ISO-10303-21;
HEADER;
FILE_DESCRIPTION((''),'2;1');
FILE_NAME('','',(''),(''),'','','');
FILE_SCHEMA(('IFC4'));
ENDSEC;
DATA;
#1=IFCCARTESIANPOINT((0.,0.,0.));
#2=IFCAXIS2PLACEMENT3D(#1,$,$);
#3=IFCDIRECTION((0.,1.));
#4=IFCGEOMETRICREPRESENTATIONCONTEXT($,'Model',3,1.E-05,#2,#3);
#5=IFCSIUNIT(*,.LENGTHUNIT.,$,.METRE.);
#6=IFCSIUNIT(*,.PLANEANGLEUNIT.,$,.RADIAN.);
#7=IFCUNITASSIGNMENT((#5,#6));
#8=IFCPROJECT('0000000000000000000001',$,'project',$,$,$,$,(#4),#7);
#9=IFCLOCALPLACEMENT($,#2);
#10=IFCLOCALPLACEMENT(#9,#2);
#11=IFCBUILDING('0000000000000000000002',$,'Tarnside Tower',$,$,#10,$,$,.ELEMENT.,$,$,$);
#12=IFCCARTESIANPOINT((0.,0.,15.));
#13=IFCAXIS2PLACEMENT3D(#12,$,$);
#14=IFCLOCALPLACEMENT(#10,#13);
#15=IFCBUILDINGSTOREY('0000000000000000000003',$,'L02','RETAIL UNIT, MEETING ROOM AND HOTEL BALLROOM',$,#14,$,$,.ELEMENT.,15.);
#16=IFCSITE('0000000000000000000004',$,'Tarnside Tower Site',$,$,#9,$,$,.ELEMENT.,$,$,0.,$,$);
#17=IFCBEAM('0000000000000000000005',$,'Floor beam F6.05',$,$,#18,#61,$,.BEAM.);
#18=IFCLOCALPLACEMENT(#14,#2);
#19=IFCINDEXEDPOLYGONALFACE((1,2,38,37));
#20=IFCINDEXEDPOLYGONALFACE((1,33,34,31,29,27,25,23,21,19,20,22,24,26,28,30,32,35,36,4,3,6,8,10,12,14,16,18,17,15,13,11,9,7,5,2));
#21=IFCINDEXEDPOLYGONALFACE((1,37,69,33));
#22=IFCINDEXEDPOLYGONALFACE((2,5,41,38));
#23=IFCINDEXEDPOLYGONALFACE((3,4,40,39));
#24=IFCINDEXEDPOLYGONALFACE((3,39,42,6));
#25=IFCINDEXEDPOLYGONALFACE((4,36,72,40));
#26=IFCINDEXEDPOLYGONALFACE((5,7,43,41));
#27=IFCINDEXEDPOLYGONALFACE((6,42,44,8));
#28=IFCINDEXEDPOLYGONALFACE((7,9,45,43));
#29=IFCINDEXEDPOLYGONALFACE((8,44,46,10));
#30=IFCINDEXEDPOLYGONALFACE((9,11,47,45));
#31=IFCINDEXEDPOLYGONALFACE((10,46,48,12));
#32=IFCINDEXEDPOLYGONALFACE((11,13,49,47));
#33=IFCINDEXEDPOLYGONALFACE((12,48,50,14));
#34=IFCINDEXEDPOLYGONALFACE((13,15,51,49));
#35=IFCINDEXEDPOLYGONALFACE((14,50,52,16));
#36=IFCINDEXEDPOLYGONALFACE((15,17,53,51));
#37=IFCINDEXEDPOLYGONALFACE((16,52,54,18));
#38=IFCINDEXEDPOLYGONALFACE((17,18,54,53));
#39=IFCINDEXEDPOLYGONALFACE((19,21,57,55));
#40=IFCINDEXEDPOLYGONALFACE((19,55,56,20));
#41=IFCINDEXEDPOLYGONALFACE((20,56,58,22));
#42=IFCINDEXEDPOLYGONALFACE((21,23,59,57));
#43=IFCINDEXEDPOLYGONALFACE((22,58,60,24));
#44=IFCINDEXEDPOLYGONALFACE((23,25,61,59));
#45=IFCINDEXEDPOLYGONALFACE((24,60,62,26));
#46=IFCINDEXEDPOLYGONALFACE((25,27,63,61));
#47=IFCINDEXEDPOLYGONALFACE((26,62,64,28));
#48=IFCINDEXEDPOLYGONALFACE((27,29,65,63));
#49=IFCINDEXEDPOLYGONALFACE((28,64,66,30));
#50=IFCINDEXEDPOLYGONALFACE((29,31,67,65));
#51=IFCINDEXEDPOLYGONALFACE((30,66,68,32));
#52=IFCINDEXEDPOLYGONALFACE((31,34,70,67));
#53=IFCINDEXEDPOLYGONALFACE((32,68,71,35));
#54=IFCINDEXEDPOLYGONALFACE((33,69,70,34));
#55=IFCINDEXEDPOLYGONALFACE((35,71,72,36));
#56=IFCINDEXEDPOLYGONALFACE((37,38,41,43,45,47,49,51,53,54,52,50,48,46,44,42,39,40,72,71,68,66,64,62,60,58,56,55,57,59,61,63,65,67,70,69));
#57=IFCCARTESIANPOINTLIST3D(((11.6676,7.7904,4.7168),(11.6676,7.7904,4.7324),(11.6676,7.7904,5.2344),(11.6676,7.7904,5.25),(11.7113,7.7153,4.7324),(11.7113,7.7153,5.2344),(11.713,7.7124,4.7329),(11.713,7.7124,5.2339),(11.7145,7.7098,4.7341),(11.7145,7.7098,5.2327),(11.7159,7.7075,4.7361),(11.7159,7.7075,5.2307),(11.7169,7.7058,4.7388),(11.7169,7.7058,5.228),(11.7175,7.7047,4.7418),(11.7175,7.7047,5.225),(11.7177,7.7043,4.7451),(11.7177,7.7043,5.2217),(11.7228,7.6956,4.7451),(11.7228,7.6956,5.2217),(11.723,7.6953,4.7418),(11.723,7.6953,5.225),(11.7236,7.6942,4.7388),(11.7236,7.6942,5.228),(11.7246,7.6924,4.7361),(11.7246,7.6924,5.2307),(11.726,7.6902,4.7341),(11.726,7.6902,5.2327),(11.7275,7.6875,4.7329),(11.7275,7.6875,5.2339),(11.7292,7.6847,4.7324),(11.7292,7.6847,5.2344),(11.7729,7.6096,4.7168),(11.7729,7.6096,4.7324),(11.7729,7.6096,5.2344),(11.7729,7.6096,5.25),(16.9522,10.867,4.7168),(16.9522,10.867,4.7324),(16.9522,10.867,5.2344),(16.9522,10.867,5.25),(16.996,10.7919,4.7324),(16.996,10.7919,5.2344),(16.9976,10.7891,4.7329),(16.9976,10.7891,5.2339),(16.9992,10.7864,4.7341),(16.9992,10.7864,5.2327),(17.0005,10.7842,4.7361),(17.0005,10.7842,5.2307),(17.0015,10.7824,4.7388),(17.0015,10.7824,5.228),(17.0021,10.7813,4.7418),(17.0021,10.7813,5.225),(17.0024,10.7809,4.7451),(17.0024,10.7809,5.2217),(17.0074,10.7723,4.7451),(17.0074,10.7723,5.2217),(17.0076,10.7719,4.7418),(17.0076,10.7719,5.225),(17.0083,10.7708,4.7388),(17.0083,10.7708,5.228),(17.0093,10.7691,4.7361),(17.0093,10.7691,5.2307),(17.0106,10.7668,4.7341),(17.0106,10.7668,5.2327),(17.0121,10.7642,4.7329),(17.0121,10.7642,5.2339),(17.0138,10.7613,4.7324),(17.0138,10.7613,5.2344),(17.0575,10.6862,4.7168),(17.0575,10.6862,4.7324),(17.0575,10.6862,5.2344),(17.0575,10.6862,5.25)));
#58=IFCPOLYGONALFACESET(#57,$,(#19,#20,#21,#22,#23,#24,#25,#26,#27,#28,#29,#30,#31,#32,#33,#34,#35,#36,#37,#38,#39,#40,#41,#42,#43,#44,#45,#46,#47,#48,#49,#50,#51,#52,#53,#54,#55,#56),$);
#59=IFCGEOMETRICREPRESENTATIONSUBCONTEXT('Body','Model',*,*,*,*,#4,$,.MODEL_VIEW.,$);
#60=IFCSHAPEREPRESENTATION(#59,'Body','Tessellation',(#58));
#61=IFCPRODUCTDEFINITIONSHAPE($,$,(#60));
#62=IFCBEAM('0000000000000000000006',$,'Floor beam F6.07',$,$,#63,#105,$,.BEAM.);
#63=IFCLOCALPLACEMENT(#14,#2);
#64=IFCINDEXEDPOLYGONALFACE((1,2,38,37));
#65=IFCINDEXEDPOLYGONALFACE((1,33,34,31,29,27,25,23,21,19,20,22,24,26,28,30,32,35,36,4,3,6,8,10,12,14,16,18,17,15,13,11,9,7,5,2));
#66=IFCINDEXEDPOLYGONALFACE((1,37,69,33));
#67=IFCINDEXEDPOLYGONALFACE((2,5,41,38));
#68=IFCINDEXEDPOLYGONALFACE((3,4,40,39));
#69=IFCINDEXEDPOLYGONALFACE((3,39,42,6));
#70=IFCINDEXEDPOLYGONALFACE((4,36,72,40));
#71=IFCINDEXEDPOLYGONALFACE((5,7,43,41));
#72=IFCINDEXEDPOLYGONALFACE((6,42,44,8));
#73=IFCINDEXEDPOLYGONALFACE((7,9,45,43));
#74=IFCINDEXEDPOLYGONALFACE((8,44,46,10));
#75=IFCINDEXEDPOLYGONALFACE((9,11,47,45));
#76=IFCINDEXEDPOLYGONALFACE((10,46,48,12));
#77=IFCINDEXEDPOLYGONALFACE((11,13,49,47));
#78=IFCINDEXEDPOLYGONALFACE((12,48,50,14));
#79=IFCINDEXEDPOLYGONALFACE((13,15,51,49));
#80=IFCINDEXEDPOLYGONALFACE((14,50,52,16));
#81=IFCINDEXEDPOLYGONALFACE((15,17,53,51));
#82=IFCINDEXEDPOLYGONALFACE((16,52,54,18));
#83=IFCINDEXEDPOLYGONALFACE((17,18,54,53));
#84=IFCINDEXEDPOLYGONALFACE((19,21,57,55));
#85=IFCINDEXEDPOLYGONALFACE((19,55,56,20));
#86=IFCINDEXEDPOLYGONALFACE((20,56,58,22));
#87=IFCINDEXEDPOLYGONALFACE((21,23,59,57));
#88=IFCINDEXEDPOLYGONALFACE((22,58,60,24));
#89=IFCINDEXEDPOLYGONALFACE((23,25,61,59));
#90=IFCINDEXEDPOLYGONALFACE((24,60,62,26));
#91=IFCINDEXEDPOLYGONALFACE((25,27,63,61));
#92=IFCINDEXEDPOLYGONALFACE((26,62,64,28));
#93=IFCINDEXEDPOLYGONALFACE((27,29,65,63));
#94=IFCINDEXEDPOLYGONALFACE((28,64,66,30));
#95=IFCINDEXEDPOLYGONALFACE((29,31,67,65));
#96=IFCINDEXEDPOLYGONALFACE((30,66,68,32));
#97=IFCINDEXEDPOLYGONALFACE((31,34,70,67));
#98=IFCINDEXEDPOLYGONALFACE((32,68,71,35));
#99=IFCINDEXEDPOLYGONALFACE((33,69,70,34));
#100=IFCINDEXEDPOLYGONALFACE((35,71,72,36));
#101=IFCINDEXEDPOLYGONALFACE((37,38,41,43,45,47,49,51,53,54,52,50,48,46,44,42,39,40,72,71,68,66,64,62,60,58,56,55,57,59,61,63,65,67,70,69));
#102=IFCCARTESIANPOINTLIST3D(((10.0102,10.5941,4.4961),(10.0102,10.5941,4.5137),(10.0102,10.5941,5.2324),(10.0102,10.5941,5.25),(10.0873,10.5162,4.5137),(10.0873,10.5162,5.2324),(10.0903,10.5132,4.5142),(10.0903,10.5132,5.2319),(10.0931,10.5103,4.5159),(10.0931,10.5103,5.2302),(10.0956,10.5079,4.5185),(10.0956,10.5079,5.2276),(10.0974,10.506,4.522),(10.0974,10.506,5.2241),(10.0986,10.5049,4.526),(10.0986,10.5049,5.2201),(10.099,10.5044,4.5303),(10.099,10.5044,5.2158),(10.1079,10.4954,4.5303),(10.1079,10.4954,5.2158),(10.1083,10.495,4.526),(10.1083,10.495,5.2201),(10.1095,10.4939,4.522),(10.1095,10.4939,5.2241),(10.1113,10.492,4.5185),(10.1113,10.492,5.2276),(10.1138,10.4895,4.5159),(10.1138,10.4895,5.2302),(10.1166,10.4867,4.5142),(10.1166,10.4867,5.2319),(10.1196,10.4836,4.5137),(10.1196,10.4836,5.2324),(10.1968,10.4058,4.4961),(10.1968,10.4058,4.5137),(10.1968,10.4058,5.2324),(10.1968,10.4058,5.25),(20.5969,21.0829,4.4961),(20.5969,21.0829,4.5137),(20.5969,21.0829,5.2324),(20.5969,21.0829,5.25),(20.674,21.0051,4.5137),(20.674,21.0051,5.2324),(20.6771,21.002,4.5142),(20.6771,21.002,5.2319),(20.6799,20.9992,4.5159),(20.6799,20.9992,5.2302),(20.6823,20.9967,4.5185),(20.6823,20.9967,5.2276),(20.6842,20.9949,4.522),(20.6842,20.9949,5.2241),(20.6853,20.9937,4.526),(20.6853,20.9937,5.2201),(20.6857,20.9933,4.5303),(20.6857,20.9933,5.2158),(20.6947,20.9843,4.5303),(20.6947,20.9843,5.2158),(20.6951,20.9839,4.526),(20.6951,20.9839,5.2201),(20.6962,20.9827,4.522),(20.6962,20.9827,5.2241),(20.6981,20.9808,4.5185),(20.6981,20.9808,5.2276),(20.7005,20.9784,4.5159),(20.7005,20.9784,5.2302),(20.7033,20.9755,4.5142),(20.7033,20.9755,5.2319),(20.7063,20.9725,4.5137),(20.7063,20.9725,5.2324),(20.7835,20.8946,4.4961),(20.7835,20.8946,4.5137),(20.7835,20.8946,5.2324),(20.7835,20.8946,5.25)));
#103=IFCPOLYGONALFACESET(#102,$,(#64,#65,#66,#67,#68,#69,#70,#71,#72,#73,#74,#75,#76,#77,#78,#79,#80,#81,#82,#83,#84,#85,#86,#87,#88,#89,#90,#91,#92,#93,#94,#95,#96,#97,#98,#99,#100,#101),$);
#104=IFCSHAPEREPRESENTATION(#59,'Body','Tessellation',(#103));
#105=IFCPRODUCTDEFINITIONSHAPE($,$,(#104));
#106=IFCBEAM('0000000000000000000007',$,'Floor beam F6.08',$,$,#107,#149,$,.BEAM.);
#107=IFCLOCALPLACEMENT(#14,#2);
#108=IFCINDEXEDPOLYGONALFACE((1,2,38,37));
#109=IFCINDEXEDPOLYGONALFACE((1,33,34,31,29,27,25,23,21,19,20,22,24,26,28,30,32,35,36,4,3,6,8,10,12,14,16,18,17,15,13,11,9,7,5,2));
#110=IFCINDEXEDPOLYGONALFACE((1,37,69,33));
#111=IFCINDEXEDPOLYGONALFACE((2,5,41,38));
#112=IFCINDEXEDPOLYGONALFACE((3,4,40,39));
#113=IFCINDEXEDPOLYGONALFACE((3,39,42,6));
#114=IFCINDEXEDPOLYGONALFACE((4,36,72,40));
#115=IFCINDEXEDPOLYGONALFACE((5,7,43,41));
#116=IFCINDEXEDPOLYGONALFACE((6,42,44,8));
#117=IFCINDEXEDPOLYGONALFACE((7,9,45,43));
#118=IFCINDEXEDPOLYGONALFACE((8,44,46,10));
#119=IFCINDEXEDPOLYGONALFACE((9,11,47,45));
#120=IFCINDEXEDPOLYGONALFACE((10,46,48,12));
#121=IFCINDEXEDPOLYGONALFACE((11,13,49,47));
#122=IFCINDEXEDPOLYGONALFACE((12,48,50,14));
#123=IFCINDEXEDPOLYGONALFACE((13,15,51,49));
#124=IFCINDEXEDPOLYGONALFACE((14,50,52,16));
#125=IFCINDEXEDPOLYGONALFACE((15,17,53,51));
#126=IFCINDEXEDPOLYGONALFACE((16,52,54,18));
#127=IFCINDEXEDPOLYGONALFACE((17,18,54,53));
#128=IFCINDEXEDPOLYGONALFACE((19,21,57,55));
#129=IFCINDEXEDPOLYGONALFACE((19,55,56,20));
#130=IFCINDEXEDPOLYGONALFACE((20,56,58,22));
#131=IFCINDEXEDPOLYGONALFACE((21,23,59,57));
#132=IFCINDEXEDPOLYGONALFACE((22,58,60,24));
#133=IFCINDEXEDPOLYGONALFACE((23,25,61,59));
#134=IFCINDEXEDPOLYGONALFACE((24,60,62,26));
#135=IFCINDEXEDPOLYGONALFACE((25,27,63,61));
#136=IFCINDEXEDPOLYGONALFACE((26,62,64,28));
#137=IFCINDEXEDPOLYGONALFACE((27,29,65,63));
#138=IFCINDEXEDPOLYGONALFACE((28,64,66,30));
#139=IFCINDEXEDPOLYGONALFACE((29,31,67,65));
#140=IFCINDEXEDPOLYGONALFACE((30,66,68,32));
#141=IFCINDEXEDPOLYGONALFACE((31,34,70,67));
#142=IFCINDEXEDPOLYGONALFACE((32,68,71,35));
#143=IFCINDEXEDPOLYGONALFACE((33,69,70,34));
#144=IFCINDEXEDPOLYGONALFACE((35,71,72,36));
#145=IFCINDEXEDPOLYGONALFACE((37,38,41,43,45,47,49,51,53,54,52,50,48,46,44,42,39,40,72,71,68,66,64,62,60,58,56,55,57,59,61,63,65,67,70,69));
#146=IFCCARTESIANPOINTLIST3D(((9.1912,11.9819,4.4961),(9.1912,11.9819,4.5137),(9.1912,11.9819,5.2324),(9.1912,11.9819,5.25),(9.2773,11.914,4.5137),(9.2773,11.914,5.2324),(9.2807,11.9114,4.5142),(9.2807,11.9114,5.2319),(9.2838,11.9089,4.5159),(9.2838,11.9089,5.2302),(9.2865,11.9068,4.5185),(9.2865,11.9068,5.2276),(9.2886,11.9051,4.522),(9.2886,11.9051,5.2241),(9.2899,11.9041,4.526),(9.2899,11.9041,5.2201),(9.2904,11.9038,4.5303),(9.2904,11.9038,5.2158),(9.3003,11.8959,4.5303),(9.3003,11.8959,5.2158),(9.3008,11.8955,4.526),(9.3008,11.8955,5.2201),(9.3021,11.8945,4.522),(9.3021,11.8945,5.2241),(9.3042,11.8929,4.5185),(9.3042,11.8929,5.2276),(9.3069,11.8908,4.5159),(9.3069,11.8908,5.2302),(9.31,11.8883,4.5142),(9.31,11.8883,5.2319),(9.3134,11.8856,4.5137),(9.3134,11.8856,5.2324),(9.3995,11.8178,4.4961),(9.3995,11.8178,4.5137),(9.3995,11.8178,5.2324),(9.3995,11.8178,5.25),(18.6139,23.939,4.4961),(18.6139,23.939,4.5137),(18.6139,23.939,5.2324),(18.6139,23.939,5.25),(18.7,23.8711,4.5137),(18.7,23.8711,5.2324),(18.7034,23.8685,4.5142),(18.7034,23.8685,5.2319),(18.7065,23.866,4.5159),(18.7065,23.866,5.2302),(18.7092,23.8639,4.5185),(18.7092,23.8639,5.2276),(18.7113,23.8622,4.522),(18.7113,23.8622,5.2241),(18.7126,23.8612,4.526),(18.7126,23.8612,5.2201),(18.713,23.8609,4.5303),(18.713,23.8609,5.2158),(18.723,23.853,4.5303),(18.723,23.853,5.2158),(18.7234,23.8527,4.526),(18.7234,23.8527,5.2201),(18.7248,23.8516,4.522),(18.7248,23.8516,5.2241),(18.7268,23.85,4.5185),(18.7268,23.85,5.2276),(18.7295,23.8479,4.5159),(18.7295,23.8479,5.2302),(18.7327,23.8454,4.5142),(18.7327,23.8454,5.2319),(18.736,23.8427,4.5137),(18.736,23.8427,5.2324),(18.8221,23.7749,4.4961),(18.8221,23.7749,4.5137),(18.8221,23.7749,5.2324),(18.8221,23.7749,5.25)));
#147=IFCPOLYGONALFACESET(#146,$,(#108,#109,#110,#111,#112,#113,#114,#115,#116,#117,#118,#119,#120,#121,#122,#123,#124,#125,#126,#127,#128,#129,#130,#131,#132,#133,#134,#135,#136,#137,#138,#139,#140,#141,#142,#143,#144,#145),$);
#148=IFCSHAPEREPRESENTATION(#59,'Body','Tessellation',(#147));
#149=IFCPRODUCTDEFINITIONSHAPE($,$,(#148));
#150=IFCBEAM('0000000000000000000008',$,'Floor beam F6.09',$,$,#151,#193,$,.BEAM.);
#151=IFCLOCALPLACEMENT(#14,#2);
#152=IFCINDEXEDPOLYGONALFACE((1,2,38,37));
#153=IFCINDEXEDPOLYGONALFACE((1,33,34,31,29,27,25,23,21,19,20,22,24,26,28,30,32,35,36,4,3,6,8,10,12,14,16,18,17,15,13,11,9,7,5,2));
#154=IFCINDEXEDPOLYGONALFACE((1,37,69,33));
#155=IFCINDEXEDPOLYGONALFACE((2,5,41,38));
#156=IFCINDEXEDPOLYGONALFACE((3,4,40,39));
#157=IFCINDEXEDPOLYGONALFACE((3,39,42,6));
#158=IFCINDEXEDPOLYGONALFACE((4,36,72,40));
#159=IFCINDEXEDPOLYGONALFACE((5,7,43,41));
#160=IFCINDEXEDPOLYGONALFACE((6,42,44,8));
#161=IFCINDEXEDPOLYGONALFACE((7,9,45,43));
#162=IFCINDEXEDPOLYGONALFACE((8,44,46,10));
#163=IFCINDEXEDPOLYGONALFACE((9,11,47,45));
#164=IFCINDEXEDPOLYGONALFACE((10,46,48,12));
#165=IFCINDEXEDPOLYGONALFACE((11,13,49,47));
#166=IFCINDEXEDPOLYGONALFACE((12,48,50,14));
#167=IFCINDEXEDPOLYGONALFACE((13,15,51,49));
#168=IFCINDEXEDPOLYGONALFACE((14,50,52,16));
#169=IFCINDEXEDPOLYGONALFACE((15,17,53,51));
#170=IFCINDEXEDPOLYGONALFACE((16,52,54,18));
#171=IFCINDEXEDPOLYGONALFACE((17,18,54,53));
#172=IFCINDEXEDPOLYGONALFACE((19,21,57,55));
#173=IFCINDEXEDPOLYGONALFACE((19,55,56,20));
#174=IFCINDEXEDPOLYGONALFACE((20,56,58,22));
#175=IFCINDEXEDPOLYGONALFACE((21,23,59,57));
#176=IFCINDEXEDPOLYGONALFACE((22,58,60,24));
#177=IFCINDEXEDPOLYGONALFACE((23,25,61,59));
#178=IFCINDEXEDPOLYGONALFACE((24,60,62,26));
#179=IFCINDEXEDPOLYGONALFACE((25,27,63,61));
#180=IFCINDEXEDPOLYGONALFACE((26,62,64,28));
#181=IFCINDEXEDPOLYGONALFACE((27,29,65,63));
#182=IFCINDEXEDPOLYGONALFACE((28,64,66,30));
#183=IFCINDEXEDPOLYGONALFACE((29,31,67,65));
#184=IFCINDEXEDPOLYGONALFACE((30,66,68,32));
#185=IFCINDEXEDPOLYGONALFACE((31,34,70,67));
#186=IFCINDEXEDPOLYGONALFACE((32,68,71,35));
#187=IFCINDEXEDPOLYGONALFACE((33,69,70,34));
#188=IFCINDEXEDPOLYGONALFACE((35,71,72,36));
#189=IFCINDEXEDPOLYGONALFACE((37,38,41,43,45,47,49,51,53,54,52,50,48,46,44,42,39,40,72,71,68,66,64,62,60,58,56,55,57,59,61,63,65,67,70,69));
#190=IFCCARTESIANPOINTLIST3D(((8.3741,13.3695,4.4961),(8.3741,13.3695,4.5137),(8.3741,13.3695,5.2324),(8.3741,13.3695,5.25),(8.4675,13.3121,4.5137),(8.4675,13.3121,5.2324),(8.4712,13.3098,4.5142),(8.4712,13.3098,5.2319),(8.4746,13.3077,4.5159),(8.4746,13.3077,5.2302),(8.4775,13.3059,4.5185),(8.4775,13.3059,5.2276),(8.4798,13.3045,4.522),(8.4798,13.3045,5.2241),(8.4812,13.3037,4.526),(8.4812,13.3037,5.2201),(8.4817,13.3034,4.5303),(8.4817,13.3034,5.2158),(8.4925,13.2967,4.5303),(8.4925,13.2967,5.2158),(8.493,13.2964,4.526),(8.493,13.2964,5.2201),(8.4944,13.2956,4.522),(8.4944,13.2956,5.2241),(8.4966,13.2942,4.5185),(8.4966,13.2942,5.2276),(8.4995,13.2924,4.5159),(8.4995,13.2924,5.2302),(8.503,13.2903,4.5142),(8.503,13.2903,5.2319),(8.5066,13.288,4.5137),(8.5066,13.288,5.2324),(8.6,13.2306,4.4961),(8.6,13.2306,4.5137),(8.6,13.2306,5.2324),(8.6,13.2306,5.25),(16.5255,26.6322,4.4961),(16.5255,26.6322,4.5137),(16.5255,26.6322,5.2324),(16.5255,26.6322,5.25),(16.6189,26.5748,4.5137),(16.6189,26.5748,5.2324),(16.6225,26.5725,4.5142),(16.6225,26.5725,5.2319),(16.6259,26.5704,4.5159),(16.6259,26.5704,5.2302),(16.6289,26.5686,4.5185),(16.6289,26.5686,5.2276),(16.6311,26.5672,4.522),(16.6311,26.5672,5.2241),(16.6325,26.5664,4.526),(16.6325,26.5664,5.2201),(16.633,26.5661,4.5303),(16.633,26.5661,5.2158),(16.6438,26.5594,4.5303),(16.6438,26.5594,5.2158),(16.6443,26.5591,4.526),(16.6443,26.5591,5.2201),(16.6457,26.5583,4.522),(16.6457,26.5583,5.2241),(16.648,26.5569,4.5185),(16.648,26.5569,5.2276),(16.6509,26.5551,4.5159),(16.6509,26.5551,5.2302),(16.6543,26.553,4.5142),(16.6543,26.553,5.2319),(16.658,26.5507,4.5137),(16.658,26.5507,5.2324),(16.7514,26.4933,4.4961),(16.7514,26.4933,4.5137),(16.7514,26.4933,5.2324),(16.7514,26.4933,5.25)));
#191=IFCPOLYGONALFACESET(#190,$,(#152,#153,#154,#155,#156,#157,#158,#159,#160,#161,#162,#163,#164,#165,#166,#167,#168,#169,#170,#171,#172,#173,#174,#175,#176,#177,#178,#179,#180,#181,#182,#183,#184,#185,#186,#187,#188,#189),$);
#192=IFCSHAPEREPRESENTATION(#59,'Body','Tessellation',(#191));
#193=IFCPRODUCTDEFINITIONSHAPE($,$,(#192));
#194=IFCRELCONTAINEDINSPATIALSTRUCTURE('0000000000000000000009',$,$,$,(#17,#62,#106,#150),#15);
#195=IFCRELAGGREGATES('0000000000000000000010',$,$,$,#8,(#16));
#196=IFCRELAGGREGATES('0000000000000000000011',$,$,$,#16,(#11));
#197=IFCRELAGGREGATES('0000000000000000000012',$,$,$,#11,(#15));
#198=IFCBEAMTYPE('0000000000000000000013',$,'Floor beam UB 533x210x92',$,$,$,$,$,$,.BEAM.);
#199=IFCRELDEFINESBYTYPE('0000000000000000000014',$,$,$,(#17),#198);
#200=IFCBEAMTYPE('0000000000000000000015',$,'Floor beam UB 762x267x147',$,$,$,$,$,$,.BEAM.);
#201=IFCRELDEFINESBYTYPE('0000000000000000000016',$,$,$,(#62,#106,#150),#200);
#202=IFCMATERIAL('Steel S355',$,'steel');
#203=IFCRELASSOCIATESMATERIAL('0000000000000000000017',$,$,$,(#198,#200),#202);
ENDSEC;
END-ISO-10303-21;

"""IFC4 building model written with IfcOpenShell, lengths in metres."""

from ifc_helpers import new_model, si_unit, direction, frame, origin, origin_2d, place, context, subcontext, project, spatial, i_section, extrude, material, material_profile, profile_set, type_object, element, save


model = new_model("IFC4")

# Units and contexts
model_context = context("Model", 3, precision=1e-05, world=origin(), true_north=direction((0.0, 1.0)))
body_context = subcontext(model_context, "Body", "Model", "MODEL_VIEW")
ifc_project = project(units=[si_unit("LENGTHUNIT", "METRE"), si_unit("PLANEANGLEUNIT", "RADIAN")], contexts=[model_context])

# Site, building, storey
site_placement = place(None, origin())
site = spatial("IfcSite", under=ifc_project, at=site_placement, Name="Tarnside Tower Site", CompositionType="ELEMENT", RefElevation=0.0)
building_placement = place(site_placement, origin())
building = spatial("IfcBuilding", under=site, at=building_placement, Name="Tarnside Tower", CompositionType="ELEMENT")
storey_placement = place(building_placement, frame((0.0, 0.0, 15.0)))
storey = spatial("IfcBuildingStorey", under=building, at=storey_placement, Name="L02", Description="RETAIL UNIT, MEETING ROOM AND HOTEL BALLROOM", CompositionType="ELEMENT", Elevation=15.0)

# Beams
ifc_material_1 = material(Name="Steel S355", Category="steel")
ifc_material_profile_1 = material_profile(ifc_material_1, i_section(OverallWidth=0.2092, OverallDepth=0.5332, WebThickness=0.01, FlangeThickness=0.0156, FilletRadius=0.0127, at=origin_2d()), Name="UB 533x210x92")
ifc_profile_set_1 = profile_set([ifc_material_profile_1], Name="Steel S355")
beam_type_1 = type_object("IfcBeamType", Name="Floor beam UB 533x210x92", PredefinedType="BEAM", material=ifc_profile_set_1)
beam_1_placement = place(storey_placement, frame((17.0049, 10.7766, 4.9834), z_axis=(-0.86421, -0.503131, 0.0), x_axis=(0.503131, -0.86421, 0.0)))
element("IfcBeam", 1, at=beam_1_placement, inside=storey, type_object=beam_type_1, Name="Floor beam F6.05", PredefinedType="BEAM", context=body_context, shape_type="SweptSolid", body=[
    extrude(i_section(OverallWidth=0.2092, OverallDepth=0.5332, WebThickness=0.01, FlangeThickness=0.0156, FilletRadius=0.0127, at=origin_2d()), origin(), (0.0, 0.0, 1.0), 6.115),
])
ifc_material_profile_2 = material_profile(ifc_material_1, i_section(OverallWidth=0.2651, OverallDepth=0.7539, WebThickness=0.0127, FlangeThickness=0.0176, FilletRadius=0.0166, at=origin_2d()), Name="UB 762x267x147")
ifc_profile_set_2 = profile_set([ifc_material_profile_2], Name="Steel S355")
beam_type_2 = type_object("IfcBeamType", Name="Floor beam UB 762x267x147", PredefinedType="BEAM", material=ifc_profile_set_2)
beam_2_placement = place(storey_placement, frame((20.6902, 20.9888, 4.873), z_axis=(-0.710384, -0.703815, 0.0), x_axis=(0.703815, -0.710384, 0.0)))
element("IfcBeam", 2, at=beam_2_placement, inside=storey, type_object=beam_type_2, Name="Floor beam F6.07", PredefinedType="BEAM", context=body_context, shape_type="SweptSolid", body=[
    extrude(i_section(OverallWidth=0.2651, OverallDepth=0.7539, WebThickness=0.0127, FlangeThickness=0.0176, FilletRadius=0.0166, at=origin_2d()), origin(), (0.0, 0.0, 1.0), 14.9028),
])
beam_3_placement = place(storey_placement, frame((18.718, 23.8569, 4.873), z_axis=(-0.61895, -0.78543, 0.0), x_axis=(0.78543, -0.61895, 0.0)))
element("IfcBeam", 3, at=beam_3_placement, inside=storey, type_object=beam_type_2, Name="Floor beam F6.08", PredefinedType="BEAM", context=body_context, shape_type="SweptSolid", body=[
    extrude(i_section(OverallWidth=0.2651, OverallDepth=0.7539, WebThickness=0.0127, FlangeThickness=0.0176, FilletRadius=0.0166, at=origin_2d()), origin(), (0.0, 0.0, 1.0), 15.2236),
])
beam_4_placement = place(storey_placement, frame((16.6384, 26.5627, 4.873), z_axis=(-0.523618, -0.851953, 0.0), x_axis=(0.851953, -0.523618, 0.0)))
element("IfcBeam", 4, at=beam_4_placement, inside=storey, type_object=beam_type_2, Name="Floor beam F6.09", PredefinedType="BEAM", context=body_context, shape_type="SweptSolid", body=[
    extrude(i_section(OverallWidth=0.2651, OverallDepth=0.7539, WebThickness=0.0127, FlangeThickness=0.0176, FilletRadius=0.0166, at=origin_2d()), origin(), (0.0, 0.0, 1.0), 15.5674),
])

save(model, "model.ifc")
